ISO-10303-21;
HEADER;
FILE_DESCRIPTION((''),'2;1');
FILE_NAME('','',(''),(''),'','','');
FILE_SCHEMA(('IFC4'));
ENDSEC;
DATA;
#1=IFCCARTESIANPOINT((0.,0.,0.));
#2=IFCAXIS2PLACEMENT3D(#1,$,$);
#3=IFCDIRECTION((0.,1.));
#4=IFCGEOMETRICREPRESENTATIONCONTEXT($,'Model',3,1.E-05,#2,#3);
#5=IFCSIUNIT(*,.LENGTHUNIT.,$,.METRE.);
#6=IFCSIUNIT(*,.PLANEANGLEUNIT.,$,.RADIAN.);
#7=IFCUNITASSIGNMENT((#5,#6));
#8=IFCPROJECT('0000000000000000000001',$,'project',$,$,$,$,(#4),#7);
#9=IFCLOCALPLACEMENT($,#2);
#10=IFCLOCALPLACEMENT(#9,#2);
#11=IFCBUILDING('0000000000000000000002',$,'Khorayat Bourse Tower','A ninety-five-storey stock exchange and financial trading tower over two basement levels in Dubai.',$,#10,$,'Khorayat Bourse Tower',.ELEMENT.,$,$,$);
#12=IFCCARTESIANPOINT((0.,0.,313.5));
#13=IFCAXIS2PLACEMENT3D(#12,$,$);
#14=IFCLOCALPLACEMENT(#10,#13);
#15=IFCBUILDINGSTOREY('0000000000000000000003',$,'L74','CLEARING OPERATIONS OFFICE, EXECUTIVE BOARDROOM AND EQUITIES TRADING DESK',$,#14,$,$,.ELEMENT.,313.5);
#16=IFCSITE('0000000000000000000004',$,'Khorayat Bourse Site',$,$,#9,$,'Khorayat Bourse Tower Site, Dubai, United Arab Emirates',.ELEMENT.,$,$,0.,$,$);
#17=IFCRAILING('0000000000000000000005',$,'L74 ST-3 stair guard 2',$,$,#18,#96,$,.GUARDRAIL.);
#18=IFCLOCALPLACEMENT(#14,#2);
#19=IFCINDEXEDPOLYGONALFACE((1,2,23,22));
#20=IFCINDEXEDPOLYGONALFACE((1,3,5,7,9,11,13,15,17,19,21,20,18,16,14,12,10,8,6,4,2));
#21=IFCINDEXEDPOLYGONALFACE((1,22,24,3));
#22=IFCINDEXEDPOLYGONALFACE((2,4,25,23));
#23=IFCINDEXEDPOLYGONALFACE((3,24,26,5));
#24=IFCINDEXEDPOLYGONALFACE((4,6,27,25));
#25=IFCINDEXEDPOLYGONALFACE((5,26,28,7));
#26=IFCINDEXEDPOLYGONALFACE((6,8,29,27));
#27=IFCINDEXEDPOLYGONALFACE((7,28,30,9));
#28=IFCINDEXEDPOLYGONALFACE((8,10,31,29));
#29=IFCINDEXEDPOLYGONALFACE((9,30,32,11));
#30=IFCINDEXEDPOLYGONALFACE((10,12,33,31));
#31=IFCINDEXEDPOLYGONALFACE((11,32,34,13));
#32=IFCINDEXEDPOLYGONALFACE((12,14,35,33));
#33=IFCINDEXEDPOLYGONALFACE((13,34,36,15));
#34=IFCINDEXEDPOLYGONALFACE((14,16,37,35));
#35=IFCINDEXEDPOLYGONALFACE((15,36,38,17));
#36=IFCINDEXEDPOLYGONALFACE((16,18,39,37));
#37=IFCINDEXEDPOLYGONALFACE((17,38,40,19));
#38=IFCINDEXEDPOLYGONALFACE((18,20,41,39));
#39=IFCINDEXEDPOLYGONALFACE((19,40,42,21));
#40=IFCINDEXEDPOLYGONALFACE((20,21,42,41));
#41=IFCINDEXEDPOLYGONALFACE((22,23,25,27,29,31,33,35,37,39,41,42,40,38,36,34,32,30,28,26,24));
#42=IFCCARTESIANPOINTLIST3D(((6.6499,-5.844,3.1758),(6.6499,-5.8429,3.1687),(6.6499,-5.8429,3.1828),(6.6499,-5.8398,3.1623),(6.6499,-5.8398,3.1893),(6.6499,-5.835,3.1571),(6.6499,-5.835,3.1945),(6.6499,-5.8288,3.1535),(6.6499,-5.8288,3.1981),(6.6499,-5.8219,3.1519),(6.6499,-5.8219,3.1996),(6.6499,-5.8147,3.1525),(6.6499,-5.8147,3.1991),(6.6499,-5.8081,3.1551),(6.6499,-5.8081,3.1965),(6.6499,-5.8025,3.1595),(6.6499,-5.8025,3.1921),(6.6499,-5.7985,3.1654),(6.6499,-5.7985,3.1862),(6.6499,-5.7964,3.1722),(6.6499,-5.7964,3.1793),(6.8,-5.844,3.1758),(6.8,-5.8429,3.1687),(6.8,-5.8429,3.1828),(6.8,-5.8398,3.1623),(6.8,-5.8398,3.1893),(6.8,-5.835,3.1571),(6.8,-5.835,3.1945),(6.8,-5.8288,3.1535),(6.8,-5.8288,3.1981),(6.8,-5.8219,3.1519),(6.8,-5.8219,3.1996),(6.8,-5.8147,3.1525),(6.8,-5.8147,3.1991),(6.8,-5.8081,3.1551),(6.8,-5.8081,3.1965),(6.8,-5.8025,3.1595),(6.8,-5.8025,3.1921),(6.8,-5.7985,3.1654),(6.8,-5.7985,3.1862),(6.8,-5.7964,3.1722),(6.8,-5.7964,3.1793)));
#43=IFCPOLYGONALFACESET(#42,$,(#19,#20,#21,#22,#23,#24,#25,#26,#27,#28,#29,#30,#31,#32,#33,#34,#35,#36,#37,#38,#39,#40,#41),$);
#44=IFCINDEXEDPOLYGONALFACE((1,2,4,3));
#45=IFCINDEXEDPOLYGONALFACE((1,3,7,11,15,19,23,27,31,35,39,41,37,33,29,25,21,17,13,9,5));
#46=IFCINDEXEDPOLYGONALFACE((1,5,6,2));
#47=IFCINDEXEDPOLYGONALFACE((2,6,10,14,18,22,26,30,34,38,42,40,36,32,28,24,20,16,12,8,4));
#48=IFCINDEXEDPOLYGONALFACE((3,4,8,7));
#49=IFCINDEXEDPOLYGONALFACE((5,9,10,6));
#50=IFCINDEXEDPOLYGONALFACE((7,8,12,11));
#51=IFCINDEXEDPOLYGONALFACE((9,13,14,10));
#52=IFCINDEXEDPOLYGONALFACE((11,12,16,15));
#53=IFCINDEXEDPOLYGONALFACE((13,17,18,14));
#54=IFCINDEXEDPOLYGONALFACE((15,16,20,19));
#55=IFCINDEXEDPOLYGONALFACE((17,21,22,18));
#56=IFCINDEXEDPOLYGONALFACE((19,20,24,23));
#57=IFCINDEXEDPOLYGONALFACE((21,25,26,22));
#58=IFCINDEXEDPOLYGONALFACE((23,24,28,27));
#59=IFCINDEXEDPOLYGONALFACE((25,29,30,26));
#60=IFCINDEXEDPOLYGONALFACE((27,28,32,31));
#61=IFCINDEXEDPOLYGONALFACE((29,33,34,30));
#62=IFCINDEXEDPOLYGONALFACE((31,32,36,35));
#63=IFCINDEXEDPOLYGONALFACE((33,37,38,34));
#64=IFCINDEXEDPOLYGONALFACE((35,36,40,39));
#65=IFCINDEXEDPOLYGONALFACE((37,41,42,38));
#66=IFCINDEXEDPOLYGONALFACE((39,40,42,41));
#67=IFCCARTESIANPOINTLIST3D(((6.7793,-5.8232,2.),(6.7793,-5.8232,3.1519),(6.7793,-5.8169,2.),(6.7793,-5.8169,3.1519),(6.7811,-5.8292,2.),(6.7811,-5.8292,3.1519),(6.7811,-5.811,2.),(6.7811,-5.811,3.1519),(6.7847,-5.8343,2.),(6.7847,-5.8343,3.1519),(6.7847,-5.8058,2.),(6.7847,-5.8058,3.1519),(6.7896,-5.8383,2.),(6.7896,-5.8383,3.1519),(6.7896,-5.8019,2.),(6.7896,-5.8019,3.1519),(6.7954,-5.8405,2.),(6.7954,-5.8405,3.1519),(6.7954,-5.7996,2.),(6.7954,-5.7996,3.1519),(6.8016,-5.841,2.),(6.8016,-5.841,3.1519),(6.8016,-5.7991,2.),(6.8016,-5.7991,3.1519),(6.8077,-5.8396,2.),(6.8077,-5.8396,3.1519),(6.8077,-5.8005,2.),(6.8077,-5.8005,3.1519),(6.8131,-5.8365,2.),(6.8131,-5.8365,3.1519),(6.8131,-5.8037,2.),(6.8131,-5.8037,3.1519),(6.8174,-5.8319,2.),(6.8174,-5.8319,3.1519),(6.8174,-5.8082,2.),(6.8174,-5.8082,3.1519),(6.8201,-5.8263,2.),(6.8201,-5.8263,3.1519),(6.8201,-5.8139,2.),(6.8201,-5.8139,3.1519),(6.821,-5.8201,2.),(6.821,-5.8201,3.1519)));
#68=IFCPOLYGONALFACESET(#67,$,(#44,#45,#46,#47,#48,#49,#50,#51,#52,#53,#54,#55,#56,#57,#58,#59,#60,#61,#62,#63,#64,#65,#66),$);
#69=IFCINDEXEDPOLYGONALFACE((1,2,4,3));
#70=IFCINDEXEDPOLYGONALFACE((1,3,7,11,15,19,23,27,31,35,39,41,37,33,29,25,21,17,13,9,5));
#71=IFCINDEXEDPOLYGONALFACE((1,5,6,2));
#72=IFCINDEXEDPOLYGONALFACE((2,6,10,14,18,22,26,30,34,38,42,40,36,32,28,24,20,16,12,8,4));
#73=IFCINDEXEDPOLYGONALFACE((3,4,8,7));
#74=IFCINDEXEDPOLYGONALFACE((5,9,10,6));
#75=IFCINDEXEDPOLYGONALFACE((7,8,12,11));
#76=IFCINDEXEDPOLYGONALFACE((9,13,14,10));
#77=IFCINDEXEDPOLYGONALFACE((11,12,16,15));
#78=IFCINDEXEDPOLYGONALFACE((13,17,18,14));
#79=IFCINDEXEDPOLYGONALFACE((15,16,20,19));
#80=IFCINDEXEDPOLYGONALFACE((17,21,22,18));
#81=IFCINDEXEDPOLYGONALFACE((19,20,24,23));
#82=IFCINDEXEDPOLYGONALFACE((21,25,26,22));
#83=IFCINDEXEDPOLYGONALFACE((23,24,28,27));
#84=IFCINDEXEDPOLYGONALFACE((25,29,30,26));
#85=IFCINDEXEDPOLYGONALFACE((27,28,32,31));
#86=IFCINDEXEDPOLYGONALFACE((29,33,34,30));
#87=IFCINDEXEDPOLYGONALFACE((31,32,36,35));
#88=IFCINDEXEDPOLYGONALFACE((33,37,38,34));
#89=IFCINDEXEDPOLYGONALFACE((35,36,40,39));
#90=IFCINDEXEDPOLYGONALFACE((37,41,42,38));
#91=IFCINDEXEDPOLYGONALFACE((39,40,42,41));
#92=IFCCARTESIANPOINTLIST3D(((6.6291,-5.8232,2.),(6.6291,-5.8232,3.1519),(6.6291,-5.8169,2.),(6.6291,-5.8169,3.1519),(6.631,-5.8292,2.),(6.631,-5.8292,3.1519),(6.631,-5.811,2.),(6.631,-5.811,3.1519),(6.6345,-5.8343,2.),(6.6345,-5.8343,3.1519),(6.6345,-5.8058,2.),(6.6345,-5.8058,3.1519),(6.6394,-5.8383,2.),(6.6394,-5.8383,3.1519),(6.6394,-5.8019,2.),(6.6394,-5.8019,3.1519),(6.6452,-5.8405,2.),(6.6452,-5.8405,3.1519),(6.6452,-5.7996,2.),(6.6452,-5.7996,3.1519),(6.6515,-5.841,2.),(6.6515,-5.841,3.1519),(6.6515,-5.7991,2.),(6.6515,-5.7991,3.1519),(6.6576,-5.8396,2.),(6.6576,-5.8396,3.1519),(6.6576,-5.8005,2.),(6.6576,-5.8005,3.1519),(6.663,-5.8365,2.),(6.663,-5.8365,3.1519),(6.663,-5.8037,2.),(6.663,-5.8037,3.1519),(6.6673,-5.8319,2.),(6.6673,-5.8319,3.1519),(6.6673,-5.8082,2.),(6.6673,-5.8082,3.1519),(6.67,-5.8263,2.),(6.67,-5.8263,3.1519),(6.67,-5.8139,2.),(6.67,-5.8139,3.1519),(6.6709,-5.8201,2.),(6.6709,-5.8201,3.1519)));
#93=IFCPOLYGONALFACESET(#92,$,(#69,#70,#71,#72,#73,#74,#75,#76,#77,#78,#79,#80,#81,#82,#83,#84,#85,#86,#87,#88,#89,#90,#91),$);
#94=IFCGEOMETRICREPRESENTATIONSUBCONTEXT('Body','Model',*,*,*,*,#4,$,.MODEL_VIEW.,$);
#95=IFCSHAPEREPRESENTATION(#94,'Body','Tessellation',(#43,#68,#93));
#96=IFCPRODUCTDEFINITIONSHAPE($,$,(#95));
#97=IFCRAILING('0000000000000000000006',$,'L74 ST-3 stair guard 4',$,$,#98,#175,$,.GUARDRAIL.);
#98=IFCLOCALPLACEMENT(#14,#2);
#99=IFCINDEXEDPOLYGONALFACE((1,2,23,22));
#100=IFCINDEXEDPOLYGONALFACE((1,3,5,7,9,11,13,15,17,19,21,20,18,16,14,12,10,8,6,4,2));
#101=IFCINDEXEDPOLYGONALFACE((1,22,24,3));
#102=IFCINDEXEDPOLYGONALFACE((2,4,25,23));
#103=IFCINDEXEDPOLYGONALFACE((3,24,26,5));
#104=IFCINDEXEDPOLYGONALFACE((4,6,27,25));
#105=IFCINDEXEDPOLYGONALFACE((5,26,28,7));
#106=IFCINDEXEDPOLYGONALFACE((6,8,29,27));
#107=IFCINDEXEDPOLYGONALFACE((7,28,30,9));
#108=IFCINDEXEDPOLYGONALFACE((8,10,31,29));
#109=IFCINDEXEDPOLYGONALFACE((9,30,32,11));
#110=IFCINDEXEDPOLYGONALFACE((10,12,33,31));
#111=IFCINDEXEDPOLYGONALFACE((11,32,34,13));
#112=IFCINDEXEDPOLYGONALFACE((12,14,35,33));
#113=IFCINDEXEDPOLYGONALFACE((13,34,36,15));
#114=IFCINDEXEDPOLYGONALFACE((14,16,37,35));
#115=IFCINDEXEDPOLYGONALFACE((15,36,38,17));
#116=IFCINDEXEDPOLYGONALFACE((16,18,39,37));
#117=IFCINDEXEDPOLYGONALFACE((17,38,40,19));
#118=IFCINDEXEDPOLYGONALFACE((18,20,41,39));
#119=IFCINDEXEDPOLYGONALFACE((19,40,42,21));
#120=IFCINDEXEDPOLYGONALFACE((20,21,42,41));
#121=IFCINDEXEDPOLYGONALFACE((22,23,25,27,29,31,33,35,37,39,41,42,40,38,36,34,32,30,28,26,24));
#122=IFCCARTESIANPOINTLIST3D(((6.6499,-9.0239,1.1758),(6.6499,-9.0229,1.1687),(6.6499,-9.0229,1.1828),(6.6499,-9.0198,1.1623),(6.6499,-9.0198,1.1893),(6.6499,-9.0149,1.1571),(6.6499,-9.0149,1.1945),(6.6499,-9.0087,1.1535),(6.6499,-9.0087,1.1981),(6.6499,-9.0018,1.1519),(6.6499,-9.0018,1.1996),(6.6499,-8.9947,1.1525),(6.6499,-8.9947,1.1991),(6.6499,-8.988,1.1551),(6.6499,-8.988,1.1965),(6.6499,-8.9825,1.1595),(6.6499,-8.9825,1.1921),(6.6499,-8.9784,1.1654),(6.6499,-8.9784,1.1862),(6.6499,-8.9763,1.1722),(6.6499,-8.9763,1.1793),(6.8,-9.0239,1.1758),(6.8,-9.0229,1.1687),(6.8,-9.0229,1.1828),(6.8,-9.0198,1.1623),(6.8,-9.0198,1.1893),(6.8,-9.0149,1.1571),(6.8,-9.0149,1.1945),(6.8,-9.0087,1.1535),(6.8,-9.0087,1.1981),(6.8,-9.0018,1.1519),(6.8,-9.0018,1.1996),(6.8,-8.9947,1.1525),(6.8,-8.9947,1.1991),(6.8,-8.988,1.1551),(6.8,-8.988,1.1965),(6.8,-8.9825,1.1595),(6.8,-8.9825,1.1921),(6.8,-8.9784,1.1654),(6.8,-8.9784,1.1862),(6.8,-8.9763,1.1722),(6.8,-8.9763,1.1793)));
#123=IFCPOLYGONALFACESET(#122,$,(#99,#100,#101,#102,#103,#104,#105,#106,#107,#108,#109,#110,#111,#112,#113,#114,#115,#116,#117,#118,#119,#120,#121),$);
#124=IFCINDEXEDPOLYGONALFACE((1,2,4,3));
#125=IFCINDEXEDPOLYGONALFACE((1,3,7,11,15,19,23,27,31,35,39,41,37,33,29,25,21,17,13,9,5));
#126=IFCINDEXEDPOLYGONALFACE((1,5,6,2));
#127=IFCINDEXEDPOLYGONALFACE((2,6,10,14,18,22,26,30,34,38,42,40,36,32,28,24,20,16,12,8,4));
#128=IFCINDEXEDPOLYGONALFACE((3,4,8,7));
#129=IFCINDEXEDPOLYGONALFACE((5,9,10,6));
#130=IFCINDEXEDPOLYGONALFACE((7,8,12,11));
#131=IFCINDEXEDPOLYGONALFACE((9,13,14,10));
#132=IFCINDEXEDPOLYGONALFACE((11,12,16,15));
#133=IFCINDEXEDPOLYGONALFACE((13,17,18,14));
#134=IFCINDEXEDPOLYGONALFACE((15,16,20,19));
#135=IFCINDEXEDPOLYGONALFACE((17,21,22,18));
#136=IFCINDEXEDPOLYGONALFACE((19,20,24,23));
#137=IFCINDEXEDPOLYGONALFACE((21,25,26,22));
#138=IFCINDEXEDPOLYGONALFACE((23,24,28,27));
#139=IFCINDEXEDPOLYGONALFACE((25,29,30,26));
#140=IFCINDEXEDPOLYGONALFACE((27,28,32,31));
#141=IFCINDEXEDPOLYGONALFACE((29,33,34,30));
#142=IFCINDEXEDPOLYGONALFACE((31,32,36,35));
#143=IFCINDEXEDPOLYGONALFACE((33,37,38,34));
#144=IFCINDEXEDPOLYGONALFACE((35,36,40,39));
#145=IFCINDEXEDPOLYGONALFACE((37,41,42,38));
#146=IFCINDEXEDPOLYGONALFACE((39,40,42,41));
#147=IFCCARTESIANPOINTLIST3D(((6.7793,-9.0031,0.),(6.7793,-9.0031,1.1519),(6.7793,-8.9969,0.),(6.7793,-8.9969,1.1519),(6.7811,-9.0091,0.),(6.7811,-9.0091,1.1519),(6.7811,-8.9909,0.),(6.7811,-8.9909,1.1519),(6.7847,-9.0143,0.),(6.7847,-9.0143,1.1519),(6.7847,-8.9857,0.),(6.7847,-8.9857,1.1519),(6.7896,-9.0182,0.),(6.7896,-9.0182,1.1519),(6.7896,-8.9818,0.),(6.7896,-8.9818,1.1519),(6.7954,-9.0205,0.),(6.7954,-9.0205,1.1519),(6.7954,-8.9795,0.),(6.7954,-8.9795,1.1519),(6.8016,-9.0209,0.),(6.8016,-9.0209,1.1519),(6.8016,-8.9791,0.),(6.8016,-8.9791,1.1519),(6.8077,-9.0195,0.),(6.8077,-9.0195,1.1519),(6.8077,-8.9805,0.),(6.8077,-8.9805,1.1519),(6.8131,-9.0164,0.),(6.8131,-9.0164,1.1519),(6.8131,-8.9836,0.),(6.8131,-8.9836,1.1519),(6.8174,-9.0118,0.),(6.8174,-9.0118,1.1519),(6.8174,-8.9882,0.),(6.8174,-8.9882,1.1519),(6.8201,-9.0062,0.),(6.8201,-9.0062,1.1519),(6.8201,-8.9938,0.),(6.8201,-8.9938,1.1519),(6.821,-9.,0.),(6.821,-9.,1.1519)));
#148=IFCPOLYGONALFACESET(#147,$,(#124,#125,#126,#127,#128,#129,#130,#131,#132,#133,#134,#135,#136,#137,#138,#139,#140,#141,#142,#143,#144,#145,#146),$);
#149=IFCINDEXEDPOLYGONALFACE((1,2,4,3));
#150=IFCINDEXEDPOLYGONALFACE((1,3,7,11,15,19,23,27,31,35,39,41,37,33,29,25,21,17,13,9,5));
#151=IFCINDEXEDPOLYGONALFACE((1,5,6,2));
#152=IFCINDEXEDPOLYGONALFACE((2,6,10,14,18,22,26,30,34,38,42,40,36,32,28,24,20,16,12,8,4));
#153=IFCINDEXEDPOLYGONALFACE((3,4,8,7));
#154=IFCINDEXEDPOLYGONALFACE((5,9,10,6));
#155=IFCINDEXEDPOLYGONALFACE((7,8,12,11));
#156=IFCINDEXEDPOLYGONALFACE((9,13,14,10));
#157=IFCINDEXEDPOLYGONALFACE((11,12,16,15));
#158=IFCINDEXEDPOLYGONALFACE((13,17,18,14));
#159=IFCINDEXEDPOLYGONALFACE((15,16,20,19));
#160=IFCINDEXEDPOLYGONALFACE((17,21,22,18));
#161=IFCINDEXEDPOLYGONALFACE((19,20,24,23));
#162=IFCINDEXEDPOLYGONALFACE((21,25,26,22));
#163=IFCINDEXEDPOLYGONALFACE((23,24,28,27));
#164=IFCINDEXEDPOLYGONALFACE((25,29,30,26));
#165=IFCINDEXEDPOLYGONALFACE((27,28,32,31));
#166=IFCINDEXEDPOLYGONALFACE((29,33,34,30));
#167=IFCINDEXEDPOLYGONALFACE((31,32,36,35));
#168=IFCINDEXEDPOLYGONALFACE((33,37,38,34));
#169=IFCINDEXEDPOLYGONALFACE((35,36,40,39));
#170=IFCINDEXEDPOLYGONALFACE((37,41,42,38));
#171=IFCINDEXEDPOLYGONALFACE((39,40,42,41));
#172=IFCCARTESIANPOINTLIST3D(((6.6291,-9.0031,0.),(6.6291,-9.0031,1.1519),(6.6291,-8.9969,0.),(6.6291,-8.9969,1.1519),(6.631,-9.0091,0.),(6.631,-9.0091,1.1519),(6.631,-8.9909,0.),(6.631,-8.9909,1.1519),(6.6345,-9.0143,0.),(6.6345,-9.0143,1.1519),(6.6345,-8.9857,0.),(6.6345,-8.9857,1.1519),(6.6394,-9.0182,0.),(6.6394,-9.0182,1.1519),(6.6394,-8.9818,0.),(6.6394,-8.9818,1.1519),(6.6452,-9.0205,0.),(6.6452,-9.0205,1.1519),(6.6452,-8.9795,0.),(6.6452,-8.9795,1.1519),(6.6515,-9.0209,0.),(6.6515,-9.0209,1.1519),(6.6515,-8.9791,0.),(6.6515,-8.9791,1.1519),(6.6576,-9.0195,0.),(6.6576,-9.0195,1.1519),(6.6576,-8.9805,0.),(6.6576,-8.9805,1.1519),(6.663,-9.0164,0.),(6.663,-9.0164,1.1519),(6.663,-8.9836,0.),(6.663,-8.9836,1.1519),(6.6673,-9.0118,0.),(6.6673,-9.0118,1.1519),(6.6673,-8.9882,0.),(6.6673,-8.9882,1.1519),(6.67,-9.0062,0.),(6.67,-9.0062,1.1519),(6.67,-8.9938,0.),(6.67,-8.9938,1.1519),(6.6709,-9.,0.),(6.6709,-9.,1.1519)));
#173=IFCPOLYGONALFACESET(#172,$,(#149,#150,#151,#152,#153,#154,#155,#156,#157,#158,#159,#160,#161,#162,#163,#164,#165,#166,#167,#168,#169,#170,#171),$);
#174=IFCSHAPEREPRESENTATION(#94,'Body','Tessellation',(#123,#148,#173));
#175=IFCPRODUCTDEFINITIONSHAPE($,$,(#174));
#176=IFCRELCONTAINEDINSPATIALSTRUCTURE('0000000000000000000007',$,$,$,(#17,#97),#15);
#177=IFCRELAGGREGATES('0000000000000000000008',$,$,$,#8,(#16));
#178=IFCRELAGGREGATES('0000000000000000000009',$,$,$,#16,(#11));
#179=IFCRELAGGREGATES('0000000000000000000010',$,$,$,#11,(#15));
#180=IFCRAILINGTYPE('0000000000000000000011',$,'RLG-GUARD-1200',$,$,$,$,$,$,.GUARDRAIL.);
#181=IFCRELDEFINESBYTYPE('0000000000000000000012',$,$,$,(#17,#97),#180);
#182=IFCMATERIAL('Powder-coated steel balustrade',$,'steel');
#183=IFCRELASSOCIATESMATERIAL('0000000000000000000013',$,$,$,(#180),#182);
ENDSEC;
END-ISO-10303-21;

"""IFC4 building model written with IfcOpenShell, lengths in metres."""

from ifc_helpers import new_model, si_unit, direction, frame, origin, origin_2d, place, context, subcontext, project, spatial, circle, extrude, source, transform, mapped, material, type_object, element, save


model = new_model("IFC4")

# Units and contexts
model_context = context("Model", 3, precision=1e-05, world=origin(), true_north=direction((0.0, 1.0)))
body_context = subcontext(model_context, "Body", "Model", "MODEL_VIEW")
ifc_project = project(units=[si_unit("LENGTHUNIT", "METRE"), si_unit("PLANEANGLEUNIT", "RADIAN")], contexts=[model_context])

# Site, building, storey
site_placement = place(None, origin())
site = spatial("IfcSite", under=ifc_project, at=site_placement, Name="Khorayat Bourse Site", LongName="Khorayat Bourse Tower Site, Dubai, United Arab Emirates", CompositionType="ELEMENT", RefElevation=0.0)
building_placement = place(site_placement, origin())
building = spatial("IfcBuilding", under=site, at=building_placement, Name="Khorayat Bourse Tower", Description="A ninety-five-storey stock exchange and financial trading tower over two basement levels in Dubai.", LongName="Khorayat Bourse Tower", CompositionType="ELEMENT")
storey_placement = place(building_placement, frame((0.0, 0.0, 313.5)))
storey = spatial("IfcBuildingStorey", under=building, at=storey_placement, Name="L74", Description="CLEARING OPERATIONS OFFICE, EXECUTIVE BOARDROOM AND EQUITIES TRADING DESK", CompositionType="ELEMENT", Elevation=313.5)

# Railings
ifc_material_1 = material(Name="Powder-coated steel balustrade", Category="steel")
railing_type_1 = type_object("IfcRailingType", Name="RLG-GUARD-1200", PredefinedType="GUARDRAIL", material=ifc_material_1)
shared_shape_1 = source(origin(), body_context, "Body", "SweptSolid", [
    extrude(circle(Radius=0.0239, at=origin_2d()), frame((0.0, 0.0, 1.1758), z_axis=(-1.0, 0.0, 0.0), x_axis=(0.0, -1.0, 0.0)), (0.0, 0.0, 1.0), 0.1501),
    extrude(circle(Radius=0.021, at=origin_2d()), origin(), (0.0, 0.0, 1.0), 1.1519),
    extrude(circle(Radius=0.021, at=origin_2d()), frame((-0.1501, 0.0, 0.0)), (0.0, 0.0, 1.0), 1.1519),
])
for number, where, name in (
    (1, (6.8, -5.8201, 2.0), "L74 ST-3 stair guard 2"),
    (2, (6.8, -9.0, 0.0), "L74 ST-3 stair guard 4"),
):
    element("IfcRailing", number, at=place(storey_placement, frame(where)), inside=storey, type_object=railing_type_1, Name=name, PredefinedType="GUARDRAIL", context=body_context, shape_type="MappedRepresentation", body=[
        mapped(shared_shape_1, transform((0.0, 0.0, 0.0), scale=1.0)),
    ])

save(model, "model.ifc")
